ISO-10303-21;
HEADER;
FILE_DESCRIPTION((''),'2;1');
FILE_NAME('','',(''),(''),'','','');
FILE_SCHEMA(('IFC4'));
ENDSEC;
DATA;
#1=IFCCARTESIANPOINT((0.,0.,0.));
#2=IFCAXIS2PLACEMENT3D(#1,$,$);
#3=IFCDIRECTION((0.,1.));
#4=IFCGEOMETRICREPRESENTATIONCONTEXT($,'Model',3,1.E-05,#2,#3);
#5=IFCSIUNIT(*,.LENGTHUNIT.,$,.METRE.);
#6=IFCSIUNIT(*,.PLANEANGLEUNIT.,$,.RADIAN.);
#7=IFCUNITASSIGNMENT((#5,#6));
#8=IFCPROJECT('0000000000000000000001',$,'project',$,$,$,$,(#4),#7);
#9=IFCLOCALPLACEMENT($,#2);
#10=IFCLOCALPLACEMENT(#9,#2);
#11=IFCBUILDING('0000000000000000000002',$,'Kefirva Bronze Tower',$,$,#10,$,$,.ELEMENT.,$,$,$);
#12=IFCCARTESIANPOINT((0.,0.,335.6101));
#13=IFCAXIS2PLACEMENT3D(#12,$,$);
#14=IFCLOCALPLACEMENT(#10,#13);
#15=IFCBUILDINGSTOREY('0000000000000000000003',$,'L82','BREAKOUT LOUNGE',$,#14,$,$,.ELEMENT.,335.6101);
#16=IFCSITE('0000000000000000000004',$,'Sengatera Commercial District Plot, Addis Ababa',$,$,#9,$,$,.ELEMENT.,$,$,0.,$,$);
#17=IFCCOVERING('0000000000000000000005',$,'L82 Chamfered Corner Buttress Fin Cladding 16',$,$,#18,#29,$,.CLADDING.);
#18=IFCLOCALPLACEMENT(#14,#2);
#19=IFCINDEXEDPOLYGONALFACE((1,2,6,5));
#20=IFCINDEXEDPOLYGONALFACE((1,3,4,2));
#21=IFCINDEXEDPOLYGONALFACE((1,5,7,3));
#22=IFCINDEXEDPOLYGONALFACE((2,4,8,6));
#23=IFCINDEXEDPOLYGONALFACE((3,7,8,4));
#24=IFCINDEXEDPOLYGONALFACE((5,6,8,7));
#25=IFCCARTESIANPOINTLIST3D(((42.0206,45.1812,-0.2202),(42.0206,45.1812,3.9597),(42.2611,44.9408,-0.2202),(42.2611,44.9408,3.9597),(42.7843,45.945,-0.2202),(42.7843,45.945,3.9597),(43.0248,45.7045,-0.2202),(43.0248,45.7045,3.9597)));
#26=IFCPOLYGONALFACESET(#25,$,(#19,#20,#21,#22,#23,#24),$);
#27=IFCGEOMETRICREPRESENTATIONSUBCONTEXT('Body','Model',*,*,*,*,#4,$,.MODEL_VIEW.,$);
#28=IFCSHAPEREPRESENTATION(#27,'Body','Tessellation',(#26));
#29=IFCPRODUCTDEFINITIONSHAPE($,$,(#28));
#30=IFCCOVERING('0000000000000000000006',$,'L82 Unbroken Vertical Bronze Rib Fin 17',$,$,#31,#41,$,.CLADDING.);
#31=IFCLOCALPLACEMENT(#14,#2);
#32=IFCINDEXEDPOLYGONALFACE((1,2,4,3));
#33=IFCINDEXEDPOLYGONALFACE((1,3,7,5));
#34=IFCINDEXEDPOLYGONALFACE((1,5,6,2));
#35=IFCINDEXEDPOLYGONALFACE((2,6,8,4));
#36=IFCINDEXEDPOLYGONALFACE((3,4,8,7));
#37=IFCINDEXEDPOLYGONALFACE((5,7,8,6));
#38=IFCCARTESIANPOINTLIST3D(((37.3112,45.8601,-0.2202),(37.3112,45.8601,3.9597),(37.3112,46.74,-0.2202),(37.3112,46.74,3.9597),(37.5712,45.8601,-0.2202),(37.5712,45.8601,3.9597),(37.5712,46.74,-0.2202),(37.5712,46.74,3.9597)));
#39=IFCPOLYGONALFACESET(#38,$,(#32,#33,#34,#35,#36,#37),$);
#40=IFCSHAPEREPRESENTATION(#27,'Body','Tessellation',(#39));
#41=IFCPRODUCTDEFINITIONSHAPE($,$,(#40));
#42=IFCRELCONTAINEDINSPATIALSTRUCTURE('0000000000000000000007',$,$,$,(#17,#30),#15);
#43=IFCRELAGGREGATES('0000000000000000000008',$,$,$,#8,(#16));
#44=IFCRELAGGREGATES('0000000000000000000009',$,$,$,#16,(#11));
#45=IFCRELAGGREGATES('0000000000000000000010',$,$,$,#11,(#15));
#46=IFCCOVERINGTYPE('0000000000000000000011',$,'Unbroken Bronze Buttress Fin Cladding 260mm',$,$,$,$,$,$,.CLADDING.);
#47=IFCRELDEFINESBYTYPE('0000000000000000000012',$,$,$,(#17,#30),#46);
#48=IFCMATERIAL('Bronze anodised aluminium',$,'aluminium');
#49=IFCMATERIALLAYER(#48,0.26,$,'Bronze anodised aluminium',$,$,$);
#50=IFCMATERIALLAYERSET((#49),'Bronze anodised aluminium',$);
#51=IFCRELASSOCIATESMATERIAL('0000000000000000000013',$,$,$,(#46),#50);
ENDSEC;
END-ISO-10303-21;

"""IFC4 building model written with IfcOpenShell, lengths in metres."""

from ifc_helpers import new_model, si_unit, direction, frame, origin, origin_2d, place, context, subcontext, project, spatial, rectangle, extrude, material, layer, layer_set, type_object, element, save


model = new_model("IFC4")

# Units and contexts
model_context = context("Model", 3, precision=1e-05, world=origin(), true_north=direction((0.0, 1.0)))
body_context = subcontext(model_context, "Body", "Model", "MODEL_VIEW")
ifc_project = project(units=[si_unit("LENGTHUNIT", "METRE"), si_unit("PLANEANGLEUNIT", "RADIAN")], contexts=[model_context])

# Site, building, storey
site_placement = place(None, origin())
site = spatial("IfcSite", under=ifc_project, at=site_placement, Name="Sengatera Commercial District Plot, Addis Ababa", CompositionType="ELEMENT", RefElevation=0.0)
building_placement = place(site_placement, origin())
building = spatial("IfcBuilding", under=site, at=building_placement, Name="Kefirva Bronze Tower", CompositionType="ELEMENT")
storey_placement = place(building_placement, frame((0.0, 0.0, 335.6101)))
storey = spatial("IfcBuildingStorey", under=building, at=storey_placement, Name="L82", Description="BREAKOUT LOUNGE", CompositionType="ELEMENT", Elevation=335.6101)

# Shared definitions
ifc_material_1 = material(Name="Bronze anodised aluminium", Category="aluminium")

# Coverings
ifc_layer_1 = layer(ifc_material_1, 0.26, Name="Bronze anodised aluminium")
ifc_layer_set_1 = layer_set([ifc_layer_1], Name="Bronze anodised aluminium")
covering_type_1 = type_object("IfcCoveringType", Name="Unbroken Bronze Buttress Fin Cladding 260mm", PredefinedType="CLADDING", material=ifc_layer_set_1)
for number, where, z_axis, x_axis, name in (
    (1, (42.5227, 45.4429, -0.2202), (0.0, 0.0, 1.0), (-0.707107, 0.707107, 0.0), "L82 Chamfered Corner Buttress Fin Cladding 16"),
):
    element("IfcCovering", number, at=place(storey_placement, frame(where, z_axis=z_axis, x_axis=x_axis)), inside=storey, type_object=covering_type_1, Name=name, PredefinedType="CLADDING", context=body_context, shape_type="SweptSolid", body=[
        extrude(rectangle(XDim=0.3401, YDim=1.0801, at=origin_2d()), origin(), (0.0, 0.0, 1.0), 4.1799),
    ])
covering_1_placement = place(storey_placement, frame((37.4412, 46.3, -0.2202), z_axis=(0.0, 0.0, 1.0), x_axis=(-1.0, 0.0, 0.0)))
element("IfcCovering", 2, at=covering_1_placement, inside=storey, type_object=covering_type_1, Name="L82 Unbroken Vertical Bronze Rib Fin 17", PredefinedType="CLADDING", context=body_context, shape_type="SweptSolid", body=[
    extrude(rectangle(XDim=0.26, YDim=0.8799, at=origin_2d()), origin(), (0.0, 0.0, 1.0), 4.1799),
])

save(model, "model.ifc")
